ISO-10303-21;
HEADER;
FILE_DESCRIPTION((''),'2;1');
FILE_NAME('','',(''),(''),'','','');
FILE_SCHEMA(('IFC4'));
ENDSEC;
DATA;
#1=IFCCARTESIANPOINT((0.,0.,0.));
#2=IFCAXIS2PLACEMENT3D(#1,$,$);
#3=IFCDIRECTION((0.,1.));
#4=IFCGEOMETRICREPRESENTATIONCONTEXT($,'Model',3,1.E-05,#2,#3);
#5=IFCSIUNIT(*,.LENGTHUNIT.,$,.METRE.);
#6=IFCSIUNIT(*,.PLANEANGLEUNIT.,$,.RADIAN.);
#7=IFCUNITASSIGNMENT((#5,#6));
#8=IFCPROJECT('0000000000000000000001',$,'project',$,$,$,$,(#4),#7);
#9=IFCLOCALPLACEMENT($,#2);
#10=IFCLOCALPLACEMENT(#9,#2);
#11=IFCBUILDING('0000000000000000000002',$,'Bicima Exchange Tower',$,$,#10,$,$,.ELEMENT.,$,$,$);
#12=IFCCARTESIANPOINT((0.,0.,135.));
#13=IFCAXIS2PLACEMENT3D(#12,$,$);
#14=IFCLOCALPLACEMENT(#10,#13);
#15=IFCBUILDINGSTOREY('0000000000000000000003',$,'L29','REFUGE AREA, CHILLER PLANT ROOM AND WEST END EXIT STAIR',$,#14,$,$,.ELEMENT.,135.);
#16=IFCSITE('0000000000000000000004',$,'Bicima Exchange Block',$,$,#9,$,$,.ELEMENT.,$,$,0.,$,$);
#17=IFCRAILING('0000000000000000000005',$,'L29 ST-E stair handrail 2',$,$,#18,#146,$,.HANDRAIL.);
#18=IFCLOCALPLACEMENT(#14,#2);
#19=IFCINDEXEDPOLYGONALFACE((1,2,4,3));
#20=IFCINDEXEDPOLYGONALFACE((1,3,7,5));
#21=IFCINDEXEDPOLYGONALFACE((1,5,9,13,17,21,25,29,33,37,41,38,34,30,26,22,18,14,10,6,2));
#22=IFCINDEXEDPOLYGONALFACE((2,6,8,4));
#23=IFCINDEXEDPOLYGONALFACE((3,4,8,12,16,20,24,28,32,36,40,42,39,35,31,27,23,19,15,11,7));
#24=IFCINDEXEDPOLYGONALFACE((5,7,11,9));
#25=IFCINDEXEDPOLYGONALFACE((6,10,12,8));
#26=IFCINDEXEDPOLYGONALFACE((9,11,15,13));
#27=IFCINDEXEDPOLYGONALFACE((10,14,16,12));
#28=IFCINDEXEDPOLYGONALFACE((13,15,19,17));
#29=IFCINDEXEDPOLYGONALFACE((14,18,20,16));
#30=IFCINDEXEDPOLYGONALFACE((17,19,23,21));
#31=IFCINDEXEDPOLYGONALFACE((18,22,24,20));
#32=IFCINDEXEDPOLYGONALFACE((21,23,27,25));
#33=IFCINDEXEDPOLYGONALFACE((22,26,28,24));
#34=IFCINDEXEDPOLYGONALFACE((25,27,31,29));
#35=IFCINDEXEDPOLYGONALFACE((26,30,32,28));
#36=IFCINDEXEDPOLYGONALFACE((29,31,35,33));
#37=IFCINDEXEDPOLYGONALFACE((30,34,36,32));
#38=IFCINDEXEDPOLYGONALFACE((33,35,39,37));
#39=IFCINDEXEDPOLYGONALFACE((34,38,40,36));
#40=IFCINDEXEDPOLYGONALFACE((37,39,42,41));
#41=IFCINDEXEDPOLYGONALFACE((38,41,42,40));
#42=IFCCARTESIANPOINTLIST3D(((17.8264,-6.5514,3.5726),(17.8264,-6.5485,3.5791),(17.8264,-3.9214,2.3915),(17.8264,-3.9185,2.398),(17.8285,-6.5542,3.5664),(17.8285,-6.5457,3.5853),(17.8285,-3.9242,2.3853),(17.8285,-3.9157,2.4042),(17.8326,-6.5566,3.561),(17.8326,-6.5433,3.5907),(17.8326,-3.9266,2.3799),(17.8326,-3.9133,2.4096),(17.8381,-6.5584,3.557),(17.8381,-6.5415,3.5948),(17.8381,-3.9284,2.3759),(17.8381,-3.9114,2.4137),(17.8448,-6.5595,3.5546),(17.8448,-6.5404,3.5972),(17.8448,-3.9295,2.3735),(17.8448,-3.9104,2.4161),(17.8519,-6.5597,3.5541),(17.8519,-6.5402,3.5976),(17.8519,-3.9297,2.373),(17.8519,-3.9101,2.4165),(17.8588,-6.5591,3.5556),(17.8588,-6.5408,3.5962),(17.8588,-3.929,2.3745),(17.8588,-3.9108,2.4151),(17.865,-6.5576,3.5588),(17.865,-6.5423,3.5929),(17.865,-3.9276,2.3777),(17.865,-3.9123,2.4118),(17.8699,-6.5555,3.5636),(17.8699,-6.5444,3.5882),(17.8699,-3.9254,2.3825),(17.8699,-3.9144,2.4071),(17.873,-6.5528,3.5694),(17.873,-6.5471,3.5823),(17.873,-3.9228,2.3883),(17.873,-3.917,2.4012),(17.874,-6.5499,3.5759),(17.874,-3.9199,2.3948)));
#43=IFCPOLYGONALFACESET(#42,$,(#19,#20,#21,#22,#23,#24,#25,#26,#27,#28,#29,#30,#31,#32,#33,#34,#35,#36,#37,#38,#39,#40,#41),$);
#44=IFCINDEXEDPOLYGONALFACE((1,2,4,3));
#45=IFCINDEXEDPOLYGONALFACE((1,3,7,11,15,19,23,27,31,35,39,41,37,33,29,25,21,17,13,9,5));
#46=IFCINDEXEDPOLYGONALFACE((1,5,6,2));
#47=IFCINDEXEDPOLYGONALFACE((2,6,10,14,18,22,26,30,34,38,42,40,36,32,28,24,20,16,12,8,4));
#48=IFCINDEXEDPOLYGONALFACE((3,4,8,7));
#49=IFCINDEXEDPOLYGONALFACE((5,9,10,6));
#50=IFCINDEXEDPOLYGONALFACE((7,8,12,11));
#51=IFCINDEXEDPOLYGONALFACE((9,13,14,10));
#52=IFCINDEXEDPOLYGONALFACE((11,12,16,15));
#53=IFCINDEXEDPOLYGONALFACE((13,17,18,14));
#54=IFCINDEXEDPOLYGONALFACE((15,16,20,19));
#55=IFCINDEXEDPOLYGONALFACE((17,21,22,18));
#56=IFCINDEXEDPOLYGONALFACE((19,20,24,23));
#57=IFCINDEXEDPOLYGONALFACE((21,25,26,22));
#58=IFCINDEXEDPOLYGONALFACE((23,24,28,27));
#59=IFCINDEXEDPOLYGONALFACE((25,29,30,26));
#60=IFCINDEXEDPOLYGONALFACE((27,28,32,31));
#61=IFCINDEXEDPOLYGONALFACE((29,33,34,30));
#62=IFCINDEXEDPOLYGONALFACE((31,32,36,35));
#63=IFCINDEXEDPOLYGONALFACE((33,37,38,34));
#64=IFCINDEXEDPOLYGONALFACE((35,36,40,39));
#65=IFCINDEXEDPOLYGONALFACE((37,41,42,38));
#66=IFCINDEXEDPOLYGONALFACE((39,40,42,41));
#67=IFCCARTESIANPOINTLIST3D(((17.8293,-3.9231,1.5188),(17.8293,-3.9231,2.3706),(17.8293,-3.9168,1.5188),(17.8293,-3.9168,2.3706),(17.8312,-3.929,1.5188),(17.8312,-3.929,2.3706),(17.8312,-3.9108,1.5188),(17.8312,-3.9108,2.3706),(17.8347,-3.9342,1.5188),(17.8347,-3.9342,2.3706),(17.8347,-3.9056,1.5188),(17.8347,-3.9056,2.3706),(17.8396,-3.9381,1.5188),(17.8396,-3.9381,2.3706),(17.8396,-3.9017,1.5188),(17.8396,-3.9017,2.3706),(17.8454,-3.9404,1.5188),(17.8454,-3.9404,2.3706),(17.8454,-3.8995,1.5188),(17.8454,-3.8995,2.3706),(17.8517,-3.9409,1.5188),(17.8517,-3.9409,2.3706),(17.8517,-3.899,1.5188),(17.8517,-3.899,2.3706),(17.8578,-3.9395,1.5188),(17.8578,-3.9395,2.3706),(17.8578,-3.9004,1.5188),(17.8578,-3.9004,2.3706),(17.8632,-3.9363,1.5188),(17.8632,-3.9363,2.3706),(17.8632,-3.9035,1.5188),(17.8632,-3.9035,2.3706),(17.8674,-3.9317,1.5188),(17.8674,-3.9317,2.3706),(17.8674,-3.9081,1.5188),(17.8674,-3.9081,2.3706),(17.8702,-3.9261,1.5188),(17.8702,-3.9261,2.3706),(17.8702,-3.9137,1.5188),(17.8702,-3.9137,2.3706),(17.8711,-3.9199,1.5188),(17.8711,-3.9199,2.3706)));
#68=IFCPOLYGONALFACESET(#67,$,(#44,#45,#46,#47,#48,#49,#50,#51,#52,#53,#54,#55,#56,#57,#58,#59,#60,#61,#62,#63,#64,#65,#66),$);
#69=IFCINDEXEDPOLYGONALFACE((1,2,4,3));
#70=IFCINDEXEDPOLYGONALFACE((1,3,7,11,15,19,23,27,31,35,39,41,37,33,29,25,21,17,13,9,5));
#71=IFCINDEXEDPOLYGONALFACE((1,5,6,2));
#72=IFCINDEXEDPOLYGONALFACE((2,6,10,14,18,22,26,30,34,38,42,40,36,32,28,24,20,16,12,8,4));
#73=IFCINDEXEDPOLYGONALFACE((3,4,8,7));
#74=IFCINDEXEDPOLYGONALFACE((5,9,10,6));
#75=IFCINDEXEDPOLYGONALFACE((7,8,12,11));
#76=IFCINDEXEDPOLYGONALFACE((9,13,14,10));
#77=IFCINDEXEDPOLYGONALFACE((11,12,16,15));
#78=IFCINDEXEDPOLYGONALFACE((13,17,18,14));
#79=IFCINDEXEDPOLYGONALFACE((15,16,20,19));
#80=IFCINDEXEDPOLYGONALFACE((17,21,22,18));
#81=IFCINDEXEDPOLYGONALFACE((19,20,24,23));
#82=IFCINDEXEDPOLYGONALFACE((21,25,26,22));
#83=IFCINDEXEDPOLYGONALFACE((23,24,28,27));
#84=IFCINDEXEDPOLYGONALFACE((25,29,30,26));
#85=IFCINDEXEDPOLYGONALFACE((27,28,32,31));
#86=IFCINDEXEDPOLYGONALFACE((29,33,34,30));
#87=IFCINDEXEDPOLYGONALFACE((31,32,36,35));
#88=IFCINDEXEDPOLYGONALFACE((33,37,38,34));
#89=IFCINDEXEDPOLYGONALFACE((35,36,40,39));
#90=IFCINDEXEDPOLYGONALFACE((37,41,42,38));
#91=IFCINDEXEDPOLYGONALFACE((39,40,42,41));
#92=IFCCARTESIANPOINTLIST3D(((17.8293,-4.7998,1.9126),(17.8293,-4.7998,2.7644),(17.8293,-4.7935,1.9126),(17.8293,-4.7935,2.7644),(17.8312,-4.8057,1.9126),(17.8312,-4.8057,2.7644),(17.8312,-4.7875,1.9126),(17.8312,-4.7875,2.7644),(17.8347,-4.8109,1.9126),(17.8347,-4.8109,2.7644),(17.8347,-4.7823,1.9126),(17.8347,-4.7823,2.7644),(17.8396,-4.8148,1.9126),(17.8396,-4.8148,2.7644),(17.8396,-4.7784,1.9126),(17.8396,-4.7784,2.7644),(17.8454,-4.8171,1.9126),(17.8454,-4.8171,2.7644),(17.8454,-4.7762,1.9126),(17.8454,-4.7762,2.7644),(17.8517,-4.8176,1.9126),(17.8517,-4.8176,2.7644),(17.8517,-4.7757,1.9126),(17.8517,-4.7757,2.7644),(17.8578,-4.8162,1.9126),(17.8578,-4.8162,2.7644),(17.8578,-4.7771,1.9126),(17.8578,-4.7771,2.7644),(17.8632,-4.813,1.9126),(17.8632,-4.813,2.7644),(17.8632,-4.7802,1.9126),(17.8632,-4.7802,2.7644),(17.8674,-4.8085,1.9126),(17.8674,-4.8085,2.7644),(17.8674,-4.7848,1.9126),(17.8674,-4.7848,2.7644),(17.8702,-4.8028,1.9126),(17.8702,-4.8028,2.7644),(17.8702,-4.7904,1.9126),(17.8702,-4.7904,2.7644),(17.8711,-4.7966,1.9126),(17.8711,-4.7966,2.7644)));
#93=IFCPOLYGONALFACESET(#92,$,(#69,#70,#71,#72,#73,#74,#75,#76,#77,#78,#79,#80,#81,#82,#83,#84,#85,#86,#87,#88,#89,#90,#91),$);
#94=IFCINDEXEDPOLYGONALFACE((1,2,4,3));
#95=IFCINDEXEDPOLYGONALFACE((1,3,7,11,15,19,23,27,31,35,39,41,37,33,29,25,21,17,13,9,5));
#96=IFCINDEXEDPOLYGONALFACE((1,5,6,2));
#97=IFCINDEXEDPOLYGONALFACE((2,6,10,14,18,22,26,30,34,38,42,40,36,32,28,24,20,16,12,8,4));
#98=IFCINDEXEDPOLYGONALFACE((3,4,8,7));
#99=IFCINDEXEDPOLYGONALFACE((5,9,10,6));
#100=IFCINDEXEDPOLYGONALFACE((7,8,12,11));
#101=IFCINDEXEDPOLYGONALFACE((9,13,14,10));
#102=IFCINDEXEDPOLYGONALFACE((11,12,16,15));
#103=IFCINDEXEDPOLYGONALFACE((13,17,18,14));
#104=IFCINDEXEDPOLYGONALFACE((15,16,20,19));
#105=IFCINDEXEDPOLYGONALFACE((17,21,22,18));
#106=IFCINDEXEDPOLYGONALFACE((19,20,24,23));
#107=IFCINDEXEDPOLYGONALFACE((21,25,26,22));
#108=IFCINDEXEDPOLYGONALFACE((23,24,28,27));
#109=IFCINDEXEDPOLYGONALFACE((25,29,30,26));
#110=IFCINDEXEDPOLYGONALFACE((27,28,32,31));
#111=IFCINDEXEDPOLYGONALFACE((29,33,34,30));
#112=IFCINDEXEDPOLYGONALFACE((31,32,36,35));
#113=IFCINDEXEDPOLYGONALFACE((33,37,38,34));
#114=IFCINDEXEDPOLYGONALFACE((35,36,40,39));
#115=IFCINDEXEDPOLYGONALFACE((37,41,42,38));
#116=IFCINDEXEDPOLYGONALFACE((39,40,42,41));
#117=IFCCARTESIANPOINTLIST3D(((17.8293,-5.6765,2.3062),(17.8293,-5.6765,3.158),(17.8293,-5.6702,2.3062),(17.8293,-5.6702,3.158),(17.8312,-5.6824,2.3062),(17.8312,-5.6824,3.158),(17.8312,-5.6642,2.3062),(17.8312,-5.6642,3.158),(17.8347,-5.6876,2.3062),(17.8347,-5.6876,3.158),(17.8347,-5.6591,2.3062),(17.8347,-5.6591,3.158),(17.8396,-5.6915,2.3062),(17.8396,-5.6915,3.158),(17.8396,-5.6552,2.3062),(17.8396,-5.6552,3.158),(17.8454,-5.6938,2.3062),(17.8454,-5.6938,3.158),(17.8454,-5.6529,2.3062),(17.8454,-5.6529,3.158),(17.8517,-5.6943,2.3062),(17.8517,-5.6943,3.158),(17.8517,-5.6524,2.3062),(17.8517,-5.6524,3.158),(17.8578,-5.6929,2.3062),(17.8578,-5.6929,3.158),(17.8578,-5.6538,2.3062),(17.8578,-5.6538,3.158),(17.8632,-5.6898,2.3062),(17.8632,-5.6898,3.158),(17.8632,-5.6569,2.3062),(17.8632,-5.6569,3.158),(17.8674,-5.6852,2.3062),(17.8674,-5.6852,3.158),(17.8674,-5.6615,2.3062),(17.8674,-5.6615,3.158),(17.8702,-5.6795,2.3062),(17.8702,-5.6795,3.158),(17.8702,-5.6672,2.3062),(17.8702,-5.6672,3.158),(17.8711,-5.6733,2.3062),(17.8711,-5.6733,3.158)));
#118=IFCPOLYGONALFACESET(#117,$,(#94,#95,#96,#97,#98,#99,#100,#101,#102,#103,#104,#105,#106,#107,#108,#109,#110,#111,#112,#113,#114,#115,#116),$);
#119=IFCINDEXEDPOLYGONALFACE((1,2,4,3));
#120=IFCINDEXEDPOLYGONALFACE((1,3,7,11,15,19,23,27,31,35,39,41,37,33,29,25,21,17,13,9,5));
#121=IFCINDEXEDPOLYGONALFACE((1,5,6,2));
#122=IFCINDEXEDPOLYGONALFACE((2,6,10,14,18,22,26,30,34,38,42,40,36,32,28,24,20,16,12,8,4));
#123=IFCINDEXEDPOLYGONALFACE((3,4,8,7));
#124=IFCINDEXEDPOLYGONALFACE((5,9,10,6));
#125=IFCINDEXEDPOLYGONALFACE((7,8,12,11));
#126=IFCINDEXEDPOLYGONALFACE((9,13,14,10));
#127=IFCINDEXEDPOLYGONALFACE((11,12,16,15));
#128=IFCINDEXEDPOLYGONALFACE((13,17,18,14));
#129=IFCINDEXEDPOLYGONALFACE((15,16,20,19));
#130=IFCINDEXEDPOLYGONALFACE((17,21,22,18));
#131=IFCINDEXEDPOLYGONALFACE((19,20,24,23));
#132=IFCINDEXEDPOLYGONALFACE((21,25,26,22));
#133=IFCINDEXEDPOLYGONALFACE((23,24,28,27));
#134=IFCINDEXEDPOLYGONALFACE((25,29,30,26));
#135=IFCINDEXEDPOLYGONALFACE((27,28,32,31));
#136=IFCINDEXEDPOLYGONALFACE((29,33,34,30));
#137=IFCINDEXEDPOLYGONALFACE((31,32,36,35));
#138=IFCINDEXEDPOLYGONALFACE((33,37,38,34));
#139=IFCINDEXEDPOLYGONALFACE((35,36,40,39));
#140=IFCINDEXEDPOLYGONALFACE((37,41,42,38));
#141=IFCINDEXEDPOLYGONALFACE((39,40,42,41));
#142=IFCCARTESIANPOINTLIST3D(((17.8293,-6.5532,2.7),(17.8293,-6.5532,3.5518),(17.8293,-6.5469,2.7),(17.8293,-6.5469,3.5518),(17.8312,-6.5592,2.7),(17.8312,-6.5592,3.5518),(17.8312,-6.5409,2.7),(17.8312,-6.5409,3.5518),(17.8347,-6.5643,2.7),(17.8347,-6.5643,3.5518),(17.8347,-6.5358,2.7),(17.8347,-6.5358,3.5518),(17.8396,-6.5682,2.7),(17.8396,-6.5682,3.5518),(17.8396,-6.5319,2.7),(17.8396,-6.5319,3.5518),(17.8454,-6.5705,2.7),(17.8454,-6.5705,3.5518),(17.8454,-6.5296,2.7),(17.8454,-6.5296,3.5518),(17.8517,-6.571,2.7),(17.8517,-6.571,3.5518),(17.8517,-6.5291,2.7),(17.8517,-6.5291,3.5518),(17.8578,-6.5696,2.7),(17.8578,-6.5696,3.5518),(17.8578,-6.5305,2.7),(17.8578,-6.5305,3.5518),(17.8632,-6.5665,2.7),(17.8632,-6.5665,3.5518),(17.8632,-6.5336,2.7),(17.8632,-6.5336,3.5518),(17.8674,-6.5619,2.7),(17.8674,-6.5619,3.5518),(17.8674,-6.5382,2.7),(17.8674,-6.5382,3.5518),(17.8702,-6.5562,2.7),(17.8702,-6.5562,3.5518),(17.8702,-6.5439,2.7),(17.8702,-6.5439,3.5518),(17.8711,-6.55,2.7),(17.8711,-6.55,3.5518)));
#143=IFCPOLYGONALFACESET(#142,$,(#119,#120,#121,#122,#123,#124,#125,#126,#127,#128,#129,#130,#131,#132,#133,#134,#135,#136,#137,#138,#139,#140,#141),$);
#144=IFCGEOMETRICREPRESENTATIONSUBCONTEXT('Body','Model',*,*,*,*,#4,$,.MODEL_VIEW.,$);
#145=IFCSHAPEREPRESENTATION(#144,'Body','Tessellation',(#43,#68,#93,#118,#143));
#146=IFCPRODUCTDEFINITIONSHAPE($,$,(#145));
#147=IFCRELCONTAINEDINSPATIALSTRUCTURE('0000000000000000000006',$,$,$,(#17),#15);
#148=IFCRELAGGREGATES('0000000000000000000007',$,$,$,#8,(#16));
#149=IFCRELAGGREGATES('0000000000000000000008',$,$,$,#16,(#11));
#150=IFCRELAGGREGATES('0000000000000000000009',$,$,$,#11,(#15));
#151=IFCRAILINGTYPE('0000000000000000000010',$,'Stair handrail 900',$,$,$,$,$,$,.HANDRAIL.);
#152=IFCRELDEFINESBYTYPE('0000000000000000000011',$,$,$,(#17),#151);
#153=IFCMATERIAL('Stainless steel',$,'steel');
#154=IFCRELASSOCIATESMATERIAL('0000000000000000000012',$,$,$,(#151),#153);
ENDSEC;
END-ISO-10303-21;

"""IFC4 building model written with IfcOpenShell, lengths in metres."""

from ifc_helpers import new_model, si_unit, direction, frame, origin, origin_2d, place, context, subcontext, project, spatial, circle, extrude, material, type_object, element, save


model = new_model("IFC4")

# Units and contexts
model_context = context("Model", 3, precision=1e-05, world=origin(), true_north=direction((0.0, 1.0)))
body_context = subcontext(model_context, "Body", "Model", "MODEL_VIEW")
ifc_project = project(units=[si_unit("LENGTHUNIT", "METRE"), si_unit("PLANEANGLEUNIT", "RADIAN")], contexts=[model_context])

# Site, building, storey
site_placement = place(None, origin())
site = spatial("IfcSite", under=ifc_project, at=site_placement, Name="Bicima Exchange Block", CompositionType="ELEMENT", RefElevation=0.0)
building_placement = place(site_placement, origin())
building = spatial("IfcBuilding", under=site, at=building_placement, Name="Bicima Exchange Tower", CompositionType="ELEMENT")
storey_placement = place(building_placement, frame((0.0, 0.0, 135.0)))
storey = spatial("IfcBuildingStorey", under=building, at=storey_placement, Name="L29", Description="REFUGE AREA, CHILLER PLANT ROOM AND WEST END EXIT STAIR", CompositionType="ELEMENT", Elevation=135.0)

# Shared definitions
ifc_material_1 = material(Name="Stainless steel", Category="steel")

# Railing
railing_type_1 = type_object("IfcRailingType", Name="Stair handrail 900", PredefinedType="HANDRAIL", material=ifc_material_1)
railing_1_placement = place(storey_placement, frame((17.8501, -3.9199, 1.5188)))
element("IfcRailing", 1, at=railing_1_placement, inside=storey, type_object=railing_type_1, Name="L29 ST-E stair handrail 2", PredefinedType="HANDRAIL", context=body_context, shape_type="SweptSolid", body=[
    extrude(circle(Radius=0.0239, at=origin_2d()), frame((0.0, 0.0, 0.876), z_axis=(0.0, -0.912233, 0.409671), x_axis=(1.0, 0.0, 0.0)), (0.0, 0.0, 1.0), 2.8831),
    extrude(circle(Radius=0.021, at=origin_2d()), origin(), (0.0, 0.0, 1.0), 0.8518),
    extrude(circle(Radius=0.021, at=origin_2d()), frame((0.0, -0.8767, 0.3938)), (0.0, 0.0, 1.0), 0.8518),
    extrude(circle(Radius=0.021, at=origin_2d()), frame((0.0, -1.7534, 0.7874)), (0.0, 0.0, 1.0), 0.8518),
    extrude(circle(Radius=0.021, at=origin_2d()), frame((0.0, -2.6301, 1.1812)), (0.0, 0.0, 1.0), 0.8518),
])

save(model, "model.ifc")
